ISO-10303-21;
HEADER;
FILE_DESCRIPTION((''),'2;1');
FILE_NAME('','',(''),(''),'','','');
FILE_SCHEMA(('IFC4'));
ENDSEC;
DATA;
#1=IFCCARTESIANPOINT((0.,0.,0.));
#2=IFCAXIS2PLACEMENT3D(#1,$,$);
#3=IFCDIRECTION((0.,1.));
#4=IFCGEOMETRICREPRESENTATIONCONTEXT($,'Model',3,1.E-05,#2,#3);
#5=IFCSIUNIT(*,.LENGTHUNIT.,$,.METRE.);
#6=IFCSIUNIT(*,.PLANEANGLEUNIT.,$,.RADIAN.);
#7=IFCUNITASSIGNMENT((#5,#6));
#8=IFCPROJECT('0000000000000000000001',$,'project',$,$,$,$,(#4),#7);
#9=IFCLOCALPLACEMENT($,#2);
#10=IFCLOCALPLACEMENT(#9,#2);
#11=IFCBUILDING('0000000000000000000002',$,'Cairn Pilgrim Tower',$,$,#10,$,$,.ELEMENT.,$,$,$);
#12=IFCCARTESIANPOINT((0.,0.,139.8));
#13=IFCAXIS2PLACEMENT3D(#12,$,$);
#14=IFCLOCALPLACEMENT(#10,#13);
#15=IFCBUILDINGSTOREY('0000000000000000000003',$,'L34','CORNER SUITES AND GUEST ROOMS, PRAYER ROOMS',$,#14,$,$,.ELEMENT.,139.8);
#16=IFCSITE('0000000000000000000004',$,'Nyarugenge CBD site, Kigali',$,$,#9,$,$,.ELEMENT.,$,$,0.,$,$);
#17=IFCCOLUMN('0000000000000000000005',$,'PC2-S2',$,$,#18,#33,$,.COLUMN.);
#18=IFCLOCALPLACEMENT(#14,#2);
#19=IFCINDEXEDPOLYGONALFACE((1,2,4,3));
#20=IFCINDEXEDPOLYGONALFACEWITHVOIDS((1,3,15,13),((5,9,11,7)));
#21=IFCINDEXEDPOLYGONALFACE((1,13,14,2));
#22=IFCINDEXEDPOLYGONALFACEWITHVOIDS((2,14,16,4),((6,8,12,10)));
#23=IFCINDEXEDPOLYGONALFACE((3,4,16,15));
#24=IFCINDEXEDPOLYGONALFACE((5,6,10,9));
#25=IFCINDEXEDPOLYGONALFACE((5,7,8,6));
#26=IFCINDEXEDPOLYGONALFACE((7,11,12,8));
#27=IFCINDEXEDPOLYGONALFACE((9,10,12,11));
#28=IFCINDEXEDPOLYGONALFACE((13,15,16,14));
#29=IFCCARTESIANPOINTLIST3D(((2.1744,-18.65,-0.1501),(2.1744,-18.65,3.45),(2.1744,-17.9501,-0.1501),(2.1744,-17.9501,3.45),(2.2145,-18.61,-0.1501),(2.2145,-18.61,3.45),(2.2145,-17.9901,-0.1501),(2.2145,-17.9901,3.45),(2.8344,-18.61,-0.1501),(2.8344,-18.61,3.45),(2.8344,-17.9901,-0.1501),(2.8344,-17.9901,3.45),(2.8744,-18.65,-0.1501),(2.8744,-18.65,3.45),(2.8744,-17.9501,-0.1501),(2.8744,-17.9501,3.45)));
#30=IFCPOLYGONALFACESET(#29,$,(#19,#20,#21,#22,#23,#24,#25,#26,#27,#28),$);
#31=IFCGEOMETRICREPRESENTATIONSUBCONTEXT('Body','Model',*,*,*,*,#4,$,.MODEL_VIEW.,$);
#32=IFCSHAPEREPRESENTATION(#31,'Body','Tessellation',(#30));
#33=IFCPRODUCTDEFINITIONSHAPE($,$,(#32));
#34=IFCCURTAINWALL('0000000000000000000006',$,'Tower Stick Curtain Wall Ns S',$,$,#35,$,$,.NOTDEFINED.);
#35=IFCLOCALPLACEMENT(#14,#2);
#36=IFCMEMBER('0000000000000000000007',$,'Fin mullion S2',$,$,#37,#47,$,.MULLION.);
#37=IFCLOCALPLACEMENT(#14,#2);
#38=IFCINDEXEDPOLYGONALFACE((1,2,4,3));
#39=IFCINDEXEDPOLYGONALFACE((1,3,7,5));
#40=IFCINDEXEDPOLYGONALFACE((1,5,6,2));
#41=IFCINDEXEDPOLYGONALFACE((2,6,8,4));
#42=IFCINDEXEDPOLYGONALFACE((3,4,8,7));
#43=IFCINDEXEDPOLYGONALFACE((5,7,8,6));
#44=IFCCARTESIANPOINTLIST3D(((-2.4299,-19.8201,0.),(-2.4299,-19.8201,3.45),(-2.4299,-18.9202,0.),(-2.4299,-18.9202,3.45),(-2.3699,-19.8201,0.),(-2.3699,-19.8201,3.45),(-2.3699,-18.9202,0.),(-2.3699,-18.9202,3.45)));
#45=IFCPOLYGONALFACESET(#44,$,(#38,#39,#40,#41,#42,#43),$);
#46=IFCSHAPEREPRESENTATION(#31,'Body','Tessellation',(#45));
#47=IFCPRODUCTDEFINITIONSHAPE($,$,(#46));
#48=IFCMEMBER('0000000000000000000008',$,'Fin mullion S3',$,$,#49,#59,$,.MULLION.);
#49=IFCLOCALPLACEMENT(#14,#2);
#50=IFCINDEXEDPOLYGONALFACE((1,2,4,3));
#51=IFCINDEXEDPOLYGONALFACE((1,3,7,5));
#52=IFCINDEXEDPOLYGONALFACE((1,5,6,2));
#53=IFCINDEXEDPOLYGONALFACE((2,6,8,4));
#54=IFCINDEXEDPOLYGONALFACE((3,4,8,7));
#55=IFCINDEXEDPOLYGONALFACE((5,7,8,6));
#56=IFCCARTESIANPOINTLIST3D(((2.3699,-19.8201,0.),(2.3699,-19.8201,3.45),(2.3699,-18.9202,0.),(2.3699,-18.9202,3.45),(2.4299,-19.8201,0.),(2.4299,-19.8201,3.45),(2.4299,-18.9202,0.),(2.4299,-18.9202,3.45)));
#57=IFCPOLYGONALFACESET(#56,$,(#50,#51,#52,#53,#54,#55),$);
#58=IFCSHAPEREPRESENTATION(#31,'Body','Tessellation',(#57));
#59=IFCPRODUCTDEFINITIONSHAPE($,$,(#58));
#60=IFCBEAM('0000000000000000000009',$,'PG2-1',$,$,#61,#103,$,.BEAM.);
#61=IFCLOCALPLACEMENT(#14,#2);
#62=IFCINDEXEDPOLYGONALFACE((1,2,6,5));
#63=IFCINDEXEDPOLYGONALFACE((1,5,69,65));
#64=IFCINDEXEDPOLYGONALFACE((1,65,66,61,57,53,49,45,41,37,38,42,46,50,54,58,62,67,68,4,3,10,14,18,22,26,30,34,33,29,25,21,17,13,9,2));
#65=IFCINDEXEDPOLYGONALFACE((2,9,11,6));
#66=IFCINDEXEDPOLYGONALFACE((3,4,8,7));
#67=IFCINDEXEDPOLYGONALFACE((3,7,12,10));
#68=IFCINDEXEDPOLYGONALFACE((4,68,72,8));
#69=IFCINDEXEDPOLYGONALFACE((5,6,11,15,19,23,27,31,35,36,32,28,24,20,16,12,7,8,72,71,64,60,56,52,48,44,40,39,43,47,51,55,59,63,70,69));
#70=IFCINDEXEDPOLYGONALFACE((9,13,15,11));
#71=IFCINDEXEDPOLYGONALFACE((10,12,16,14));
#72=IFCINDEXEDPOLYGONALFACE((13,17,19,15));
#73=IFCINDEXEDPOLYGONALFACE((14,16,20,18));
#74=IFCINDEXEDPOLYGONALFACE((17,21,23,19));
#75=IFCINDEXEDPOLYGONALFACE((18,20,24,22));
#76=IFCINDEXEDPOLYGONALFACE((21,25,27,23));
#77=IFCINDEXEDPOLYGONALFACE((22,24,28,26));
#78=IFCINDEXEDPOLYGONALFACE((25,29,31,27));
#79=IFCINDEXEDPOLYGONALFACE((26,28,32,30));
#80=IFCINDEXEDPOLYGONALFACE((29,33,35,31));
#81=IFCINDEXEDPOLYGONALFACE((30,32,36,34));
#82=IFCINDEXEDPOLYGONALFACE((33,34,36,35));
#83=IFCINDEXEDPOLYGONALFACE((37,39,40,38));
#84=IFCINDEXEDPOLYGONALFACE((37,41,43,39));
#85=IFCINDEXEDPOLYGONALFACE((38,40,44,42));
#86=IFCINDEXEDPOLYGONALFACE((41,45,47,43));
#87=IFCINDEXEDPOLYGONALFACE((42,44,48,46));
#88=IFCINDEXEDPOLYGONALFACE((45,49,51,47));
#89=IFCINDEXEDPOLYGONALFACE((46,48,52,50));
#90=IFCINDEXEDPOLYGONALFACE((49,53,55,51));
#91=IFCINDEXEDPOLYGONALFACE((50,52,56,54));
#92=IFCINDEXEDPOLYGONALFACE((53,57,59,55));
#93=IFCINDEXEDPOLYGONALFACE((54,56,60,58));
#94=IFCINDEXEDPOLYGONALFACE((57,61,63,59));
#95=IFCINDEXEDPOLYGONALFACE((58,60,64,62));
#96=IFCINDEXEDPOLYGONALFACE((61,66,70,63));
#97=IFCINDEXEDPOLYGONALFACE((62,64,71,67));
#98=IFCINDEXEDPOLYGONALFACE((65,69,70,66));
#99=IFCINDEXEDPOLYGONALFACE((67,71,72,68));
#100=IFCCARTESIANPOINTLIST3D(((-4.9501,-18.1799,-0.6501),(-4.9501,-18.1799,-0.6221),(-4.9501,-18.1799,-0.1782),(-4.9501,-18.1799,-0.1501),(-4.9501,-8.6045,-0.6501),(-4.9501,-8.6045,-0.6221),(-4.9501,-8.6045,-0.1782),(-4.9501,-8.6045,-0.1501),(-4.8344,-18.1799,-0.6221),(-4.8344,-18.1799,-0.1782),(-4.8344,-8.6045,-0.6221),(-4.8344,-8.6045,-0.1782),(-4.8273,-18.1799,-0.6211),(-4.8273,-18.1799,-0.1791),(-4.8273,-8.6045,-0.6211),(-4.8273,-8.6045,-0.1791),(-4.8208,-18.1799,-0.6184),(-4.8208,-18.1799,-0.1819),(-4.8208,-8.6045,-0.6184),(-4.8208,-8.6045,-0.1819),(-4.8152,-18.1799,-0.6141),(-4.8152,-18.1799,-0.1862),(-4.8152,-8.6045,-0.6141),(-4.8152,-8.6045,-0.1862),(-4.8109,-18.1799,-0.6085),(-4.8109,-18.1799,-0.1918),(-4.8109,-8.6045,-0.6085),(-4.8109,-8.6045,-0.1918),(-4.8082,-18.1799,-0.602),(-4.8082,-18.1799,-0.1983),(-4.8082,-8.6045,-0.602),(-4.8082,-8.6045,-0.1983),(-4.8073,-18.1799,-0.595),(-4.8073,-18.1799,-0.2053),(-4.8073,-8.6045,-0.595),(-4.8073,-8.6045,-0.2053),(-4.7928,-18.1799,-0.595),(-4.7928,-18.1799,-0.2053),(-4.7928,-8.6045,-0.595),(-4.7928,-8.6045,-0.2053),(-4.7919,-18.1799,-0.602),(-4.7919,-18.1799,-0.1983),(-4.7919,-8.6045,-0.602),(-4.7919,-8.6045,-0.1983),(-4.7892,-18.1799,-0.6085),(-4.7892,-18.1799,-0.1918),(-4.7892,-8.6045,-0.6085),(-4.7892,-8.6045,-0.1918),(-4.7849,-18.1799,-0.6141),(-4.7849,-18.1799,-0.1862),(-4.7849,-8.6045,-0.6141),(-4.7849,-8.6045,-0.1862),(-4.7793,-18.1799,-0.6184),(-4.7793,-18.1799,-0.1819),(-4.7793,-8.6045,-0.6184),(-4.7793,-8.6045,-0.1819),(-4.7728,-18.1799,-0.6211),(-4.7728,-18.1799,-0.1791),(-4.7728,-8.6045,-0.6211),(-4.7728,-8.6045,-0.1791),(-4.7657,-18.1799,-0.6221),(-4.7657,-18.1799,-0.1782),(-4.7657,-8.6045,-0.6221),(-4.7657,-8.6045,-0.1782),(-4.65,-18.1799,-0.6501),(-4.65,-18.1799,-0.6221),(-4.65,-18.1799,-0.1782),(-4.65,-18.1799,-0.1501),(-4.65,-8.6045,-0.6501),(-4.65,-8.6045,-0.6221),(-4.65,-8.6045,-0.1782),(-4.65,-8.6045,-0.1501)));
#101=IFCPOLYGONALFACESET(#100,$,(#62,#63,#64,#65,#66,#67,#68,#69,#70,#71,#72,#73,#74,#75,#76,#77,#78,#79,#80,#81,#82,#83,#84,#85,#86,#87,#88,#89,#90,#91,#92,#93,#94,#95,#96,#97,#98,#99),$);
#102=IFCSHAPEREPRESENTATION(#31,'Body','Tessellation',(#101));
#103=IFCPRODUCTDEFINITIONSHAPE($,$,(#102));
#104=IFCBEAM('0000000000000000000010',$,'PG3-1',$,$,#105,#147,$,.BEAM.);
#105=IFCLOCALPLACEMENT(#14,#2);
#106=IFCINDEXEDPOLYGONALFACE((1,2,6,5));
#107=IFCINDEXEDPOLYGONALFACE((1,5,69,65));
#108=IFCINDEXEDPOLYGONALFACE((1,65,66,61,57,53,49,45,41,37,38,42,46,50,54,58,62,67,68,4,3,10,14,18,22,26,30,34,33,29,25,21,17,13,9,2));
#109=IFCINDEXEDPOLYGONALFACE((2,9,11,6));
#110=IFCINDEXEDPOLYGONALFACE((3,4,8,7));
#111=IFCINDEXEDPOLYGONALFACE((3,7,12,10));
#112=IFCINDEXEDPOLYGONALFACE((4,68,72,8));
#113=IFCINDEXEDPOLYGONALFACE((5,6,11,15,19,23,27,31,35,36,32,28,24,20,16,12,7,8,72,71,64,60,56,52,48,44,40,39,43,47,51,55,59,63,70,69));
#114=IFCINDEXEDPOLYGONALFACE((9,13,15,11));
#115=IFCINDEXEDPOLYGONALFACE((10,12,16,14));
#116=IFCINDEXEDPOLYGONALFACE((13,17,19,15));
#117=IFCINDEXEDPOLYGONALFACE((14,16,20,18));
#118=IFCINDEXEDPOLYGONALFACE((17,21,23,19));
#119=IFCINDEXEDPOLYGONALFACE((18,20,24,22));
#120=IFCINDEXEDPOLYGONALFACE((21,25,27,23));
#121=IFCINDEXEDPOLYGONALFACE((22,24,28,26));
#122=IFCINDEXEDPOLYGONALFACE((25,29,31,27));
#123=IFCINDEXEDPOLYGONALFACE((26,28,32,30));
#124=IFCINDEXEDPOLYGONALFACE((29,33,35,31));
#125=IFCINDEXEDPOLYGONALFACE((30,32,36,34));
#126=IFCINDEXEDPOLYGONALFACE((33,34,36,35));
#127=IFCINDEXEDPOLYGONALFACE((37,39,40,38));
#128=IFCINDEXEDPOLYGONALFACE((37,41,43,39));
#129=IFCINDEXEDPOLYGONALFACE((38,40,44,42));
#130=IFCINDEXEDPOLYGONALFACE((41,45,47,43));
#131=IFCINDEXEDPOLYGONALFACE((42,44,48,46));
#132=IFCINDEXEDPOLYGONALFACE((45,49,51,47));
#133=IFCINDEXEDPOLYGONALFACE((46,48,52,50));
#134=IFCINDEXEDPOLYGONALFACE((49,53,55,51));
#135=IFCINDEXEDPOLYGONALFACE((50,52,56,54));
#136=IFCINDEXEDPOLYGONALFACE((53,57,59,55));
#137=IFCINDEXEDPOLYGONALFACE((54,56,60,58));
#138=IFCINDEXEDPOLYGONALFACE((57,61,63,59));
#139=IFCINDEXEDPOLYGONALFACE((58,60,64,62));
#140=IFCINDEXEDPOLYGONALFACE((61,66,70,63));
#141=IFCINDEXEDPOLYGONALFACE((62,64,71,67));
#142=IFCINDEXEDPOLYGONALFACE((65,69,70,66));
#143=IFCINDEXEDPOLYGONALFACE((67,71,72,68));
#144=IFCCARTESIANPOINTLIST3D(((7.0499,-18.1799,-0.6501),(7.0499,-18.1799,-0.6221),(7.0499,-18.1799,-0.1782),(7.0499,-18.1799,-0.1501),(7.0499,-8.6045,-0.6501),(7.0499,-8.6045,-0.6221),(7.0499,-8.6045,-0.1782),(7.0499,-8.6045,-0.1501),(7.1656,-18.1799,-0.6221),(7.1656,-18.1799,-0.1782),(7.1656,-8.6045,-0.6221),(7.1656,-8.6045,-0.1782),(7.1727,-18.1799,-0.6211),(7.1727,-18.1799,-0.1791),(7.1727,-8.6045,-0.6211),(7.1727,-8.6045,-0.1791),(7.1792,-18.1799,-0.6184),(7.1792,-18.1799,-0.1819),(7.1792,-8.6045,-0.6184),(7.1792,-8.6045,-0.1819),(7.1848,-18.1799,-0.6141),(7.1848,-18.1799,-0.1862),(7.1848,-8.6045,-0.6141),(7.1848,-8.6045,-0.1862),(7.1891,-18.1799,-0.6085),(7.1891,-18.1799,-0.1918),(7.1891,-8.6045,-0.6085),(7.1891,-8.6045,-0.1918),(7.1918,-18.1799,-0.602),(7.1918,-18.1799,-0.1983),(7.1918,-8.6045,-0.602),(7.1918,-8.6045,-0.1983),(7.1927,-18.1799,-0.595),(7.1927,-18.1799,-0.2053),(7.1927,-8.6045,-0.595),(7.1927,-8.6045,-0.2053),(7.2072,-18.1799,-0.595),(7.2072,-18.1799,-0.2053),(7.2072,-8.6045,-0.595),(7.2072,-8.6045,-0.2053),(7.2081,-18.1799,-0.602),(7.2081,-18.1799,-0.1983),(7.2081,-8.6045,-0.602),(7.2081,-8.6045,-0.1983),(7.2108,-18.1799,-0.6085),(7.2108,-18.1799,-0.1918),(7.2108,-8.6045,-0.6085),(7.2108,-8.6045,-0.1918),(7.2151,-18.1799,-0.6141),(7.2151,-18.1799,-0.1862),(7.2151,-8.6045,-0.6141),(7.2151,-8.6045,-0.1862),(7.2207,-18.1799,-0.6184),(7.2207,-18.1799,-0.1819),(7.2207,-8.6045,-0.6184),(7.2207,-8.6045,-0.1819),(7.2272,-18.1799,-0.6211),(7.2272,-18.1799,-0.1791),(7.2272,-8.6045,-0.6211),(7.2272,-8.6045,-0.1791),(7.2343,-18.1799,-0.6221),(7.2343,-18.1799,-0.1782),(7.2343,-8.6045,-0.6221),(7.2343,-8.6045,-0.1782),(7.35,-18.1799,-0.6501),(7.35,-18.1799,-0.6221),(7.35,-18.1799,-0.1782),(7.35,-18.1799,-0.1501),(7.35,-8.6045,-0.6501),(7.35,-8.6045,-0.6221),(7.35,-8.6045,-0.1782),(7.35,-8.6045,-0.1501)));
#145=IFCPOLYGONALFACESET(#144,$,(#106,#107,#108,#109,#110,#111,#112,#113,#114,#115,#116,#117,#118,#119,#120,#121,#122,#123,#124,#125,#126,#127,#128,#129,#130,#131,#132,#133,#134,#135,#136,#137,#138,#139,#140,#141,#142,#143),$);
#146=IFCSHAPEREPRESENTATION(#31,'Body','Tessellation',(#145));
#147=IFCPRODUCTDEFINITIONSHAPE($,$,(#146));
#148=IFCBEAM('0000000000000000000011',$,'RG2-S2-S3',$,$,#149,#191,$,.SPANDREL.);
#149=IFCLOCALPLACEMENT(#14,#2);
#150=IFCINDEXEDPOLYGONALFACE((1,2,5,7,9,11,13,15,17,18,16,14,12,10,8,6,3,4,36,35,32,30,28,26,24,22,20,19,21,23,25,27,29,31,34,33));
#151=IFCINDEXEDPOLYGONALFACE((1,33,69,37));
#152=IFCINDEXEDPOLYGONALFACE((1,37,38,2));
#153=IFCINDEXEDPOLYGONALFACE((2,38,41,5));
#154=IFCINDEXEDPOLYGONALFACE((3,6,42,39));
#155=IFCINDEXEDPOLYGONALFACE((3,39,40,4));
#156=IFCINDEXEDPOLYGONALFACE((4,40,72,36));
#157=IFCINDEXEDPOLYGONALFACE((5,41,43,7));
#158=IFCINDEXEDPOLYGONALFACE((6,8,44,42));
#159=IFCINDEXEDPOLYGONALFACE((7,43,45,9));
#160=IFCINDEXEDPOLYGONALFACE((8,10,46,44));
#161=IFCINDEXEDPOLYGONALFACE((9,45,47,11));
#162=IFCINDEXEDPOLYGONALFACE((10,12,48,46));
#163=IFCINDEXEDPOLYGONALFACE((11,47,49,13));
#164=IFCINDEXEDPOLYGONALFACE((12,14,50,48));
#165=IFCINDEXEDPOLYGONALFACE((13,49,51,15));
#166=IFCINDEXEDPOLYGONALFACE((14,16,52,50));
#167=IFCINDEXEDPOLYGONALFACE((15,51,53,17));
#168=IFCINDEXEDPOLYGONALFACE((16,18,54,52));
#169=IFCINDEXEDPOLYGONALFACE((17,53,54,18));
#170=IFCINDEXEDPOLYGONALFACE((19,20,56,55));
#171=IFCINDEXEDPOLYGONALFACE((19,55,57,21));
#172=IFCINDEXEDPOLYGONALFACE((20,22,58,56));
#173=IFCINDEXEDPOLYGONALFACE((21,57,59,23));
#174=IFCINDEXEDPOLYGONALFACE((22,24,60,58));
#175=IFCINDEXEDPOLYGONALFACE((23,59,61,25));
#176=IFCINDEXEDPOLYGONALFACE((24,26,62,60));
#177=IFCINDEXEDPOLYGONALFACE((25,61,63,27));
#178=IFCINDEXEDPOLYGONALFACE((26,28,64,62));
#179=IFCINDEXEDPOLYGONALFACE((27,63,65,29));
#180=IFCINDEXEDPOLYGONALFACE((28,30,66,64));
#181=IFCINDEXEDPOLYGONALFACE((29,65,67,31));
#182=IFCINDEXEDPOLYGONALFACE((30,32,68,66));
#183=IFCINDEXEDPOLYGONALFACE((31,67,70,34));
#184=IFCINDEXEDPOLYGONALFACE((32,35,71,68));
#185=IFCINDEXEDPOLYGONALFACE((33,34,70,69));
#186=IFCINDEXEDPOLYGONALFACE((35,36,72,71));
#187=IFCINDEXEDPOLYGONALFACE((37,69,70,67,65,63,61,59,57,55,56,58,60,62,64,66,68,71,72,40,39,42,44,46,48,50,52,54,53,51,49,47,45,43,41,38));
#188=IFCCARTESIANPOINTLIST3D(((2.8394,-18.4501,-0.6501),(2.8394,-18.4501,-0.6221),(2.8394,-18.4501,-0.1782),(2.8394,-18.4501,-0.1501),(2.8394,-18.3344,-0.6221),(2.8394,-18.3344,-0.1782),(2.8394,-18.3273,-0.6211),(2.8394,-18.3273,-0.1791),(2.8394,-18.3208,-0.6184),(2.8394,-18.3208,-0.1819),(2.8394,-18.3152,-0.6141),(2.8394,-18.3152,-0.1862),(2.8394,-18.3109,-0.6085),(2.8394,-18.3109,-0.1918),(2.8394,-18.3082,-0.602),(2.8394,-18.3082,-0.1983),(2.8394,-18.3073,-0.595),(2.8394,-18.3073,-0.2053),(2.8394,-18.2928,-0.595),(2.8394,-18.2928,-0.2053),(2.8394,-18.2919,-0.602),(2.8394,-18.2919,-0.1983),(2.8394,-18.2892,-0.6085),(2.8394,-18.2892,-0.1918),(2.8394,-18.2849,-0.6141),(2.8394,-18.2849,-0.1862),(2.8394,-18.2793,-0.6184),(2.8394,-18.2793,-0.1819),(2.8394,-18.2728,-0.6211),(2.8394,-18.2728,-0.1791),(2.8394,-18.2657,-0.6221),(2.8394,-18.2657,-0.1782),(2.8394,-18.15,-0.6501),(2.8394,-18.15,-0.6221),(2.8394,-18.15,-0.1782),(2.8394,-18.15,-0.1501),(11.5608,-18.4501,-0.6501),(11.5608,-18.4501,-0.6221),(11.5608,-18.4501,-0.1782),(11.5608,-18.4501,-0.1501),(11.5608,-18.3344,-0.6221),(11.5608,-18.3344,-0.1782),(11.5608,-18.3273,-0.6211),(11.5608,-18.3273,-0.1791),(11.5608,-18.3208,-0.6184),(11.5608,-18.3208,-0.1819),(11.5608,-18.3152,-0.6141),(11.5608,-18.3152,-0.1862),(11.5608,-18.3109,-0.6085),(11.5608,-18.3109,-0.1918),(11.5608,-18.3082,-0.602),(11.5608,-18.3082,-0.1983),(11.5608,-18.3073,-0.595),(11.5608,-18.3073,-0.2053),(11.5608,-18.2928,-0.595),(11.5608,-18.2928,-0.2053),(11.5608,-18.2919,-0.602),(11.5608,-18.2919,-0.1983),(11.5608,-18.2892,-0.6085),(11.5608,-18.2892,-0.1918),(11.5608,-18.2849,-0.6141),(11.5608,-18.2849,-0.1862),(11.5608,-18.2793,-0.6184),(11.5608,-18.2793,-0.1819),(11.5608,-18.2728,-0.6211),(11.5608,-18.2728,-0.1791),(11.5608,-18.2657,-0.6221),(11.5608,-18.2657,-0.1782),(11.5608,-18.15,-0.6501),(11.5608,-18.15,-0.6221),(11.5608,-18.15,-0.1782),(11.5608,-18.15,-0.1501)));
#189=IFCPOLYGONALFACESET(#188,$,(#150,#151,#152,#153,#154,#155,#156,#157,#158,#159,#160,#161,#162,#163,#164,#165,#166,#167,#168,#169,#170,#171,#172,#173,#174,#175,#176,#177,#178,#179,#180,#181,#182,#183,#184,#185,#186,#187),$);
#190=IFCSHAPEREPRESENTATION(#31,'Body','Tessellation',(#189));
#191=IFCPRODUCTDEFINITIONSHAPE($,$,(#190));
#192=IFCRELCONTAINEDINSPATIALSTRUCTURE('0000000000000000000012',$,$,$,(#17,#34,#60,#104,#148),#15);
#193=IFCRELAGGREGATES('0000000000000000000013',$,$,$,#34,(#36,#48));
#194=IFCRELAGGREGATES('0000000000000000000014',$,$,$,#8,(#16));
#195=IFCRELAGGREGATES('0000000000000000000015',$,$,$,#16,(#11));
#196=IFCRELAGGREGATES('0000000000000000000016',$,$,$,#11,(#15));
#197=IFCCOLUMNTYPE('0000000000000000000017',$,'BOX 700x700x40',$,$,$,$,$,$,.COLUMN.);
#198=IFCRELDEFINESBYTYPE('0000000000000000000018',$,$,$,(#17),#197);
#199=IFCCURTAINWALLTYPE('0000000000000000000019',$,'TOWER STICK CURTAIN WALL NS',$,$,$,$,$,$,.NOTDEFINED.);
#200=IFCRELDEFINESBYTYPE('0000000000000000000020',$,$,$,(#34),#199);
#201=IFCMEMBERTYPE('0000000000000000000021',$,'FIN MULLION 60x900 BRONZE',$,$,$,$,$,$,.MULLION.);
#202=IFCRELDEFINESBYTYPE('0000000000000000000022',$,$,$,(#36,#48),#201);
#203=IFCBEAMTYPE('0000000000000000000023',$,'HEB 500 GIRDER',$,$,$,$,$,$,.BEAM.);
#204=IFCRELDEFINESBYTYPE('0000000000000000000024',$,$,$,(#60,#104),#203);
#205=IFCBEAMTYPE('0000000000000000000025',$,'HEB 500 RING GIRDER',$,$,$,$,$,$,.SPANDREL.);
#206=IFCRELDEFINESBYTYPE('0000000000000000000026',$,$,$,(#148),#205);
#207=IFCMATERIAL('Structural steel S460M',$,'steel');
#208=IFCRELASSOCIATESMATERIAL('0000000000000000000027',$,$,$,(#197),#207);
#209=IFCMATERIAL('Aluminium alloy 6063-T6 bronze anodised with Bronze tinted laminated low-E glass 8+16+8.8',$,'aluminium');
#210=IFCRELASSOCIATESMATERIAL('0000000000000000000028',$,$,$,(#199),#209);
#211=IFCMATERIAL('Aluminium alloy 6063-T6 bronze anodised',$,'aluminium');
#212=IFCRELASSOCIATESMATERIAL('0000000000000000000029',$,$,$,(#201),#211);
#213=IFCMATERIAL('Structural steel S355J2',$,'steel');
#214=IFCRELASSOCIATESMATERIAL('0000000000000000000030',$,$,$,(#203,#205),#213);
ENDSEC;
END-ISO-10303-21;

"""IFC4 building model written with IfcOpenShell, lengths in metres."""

from ifc_helpers import new_model, si_unit, direction, frame, origin, origin_2d, place, context, subcontext, project, spatial, rectangle, hollow_rectangle, i_section, extrude, material, material_profile, profile_set, type_object, element, aggregate, save


model = new_model("IFC4")

# Units and contexts
model_context = context("Model", 3, precision=1e-05, world=origin(), true_north=direction((0.0, 1.0)))
body_context = subcontext(model_context, "Body", "Model", "MODEL_VIEW")
ifc_project = project(units=[si_unit("LENGTHUNIT", "METRE"), si_unit("PLANEANGLEUNIT", "RADIAN")], contexts=[model_context])

# Site, building, storey
site_placement = place(None, origin())
site = spatial("IfcSite", under=ifc_project, at=site_placement, Name="Nyarugenge CBD site, Kigali", CompositionType="ELEMENT", RefElevation=0.0)
building_placement = place(site_placement, origin())
building = spatial("IfcBuilding", under=site, at=building_placement, Name="Cairn Pilgrim Tower", CompositionType="ELEMENT")
storey_placement = place(building_placement, frame((0.0, 0.0, 139.8)))
storey = spatial("IfcBuildingStorey", under=building, at=storey_placement, Name="L34", Description="CORNER SUITES AND GUEST ROOMS, PRAYER ROOMS", CompositionType="ELEMENT", Elevation=139.8)

# Column
ifc_material_1 = material(Name="Structural steel S460M", Category="steel")
ifc_material_profile_1 = material_profile(ifc_material_1, hollow_rectangle(XDim=0.7, YDim=0.7, WallThickness=0.04, at=origin_2d()), Name="BOX 700x700x40")
ifc_profile_set_1 = profile_set([ifc_material_profile_1], Name="Structural steel S460M")
column_type = type_object("IfcColumnType", Name="BOX 700x700x40", PredefinedType="COLUMN", material=ifc_profile_set_1)
column_placement = place(storey_placement, frame((2.5244, -18.3, -0.1501), z_axis=(0.0, 0.0, 1.0), x_axis=(1.0, 0.0, 0.0)))
element("IfcColumn", 1, at=column_placement, inside=storey, type_object=column_type, Name="PC2-S2", PredefinedType="COLUMN", context=body_context, shape_type="SweptSolid", body=[
    extrude(hollow_rectangle(XDim=0.7, YDim=0.7, WallThickness=0.04, at=origin_2d()), origin(), (0.0, 0.0, 1.0), 3.6001),
])

# Curtain wall, members
ifc_material_2 = material(Name="Aluminium alloy 6063-T6 bronze anodised with Bronze tinted laminated low-E glass 8+16+8.8", Category="aluminium")
curtain_wall_type = type_object("IfcCurtainWallType", Name="TOWER STICK CURTAIN WALL NS", PredefinedType="NOTDEFINED", material=ifc_material_2)
curtain_wall_placement = place(storey_placement, origin())
curtain_wall = element("IfcCurtainWall", 2, at=curtain_wall_placement, inside=storey, type_object=curtain_wall_type, Name="Tower Stick Curtain Wall Ns S", PredefinedType="NOTDEFINED")
ifc_material_3 = material(Name="Aluminium alloy 6063-T6 bronze anodised", Category="aluminium")
ifc_material_profile_2 = material_profile(ifc_material_3, rectangle(XDim=0.8999, YDim=0.0601, at=origin_2d()), Name="FIN MULLION 60x900 BRONZE")
ifc_profile_set_2 = profile_set([ifc_material_profile_2], Name="Aluminium alloy 6063-T6 bronze anodised")
member_type = type_object("IfcMemberType", Name="FIN MULLION 60x900 BRONZE", PredefinedType="MULLION", material=ifc_profile_set_2)
member_1_placement = place(storey_placement, frame((-2.3999, -19.3701, 0.0), z_axis=(0.0, 0.0, 1.0), x_axis=(0.0, -1.0, 0.0)))
member_1 = element("IfcMember", 3, at=member_1_placement, type_object=member_type, Name="Fin mullion S2", PredefinedType="MULLION", context=body_context, shape_type="SweptSolid", body=[
    extrude(rectangle(XDim=0.8999, YDim=0.0601, at=origin_2d()), origin(), (0.0, 0.0, 1.0), 3.45),
])
member_2_placement = place(storey_placement, frame((2.3999, -19.3701, 0.0), z_axis=(0.0, 0.0, 1.0), x_axis=(0.0, -1.0, 0.0)))
member_2 = element("IfcMember", 4, at=member_2_placement, type_object=member_type, Name="Fin mullion S3", PredefinedType="MULLION", context=body_context, shape_type="SweptSolid", body=[
    extrude(rectangle(XDim=0.8999, YDim=0.0601, at=origin_2d()), origin(), (0.0, 0.0, 1.0), 3.45),
])
aggregate(curtain_wall, [member_1, member_2])

# Beams
ifc_material_4 = material(Name="Structural steel S355J2", Category="steel")
ifc_material_profile_3 = material_profile(ifc_material_4, i_section(OverallWidth=0.3, OverallDepth=0.5, WebThickness=0.0144, FlangeThickness=0.0281, FilletRadius=0.0271, at=origin_2d()), Name="HEB 500")
ifc_profile_set_3 = profile_set([ifc_material_profile_3], Name="Structural steel S355J2")
beam_type_1 = type_object("IfcBeamType", Name="HEB 500 GIRDER", PredefinedType="BEAM", material=ifc_profile_set_3)
for number, where, z_axis, x_axis, name in (
    (5, (-4.8, -18.1799, -0.4001), (0.0, 1.0, 0.0), (-1.0, 0.0, 0.0), "PG2-1"),
    (6, (7.2, -18.1799, -0.4001), (0.0, 1.0, 0.0), (-1.0, 0.0, 0.0), "PG3-1"),
):
    element("IfcBeam", number, at=place(storey_placement, frame(where, z_axis=z_axis, x_axis=x_axis)), inside=storey, type_object=beam_type_1, Name=name, PredefinedType="BEAM", context=body_context, shape_type="SweptSolid", body=[
        extrude(i_section(OverallWidth=0.3, OverallDepth=0.5, WebThickness=0.0144, FlangeThickness=0.0281, FilletRadius=0.0271, at=origin_2d()), origin(), (0.0, 0.0, 1.0), 9.5754),
    ])
ifc_material_profile_4 = material_profile(ifc_material_4, i_section(OverallWidth=0.3, OverallDepth=0.5, WebThickness=0.0144, FlangeThickness=0.0281, FilletRadius=0.0271, at=origin_2d()), Name="HEB 500")
ifc_profile_set_4 = profile_set([ifc_material_profile_4], Name="Structural steel S355J2")
beam_type_2 = type_object("IfcBeamType", Name="HEB 500 RING GIRDER", PredefinedType="SPANDREL", material=ifc_profile_set_4)
beam_1_placement = place(storey_placement, frame((2.8394, -18.3, -0.4001), z_axis=(1.0, 0.0, 0.0), x_axis=(0.0, 1.0, 0.0)))
element("IfcBeam", 7, at=beam_1_placement, inside=storey, type_object=beam_type_2, Name="RG2-S2-S3", PredefinedType="SPANDREL", context=body_context, shape_type="SweptSolid", body=[
    extrude(i_section(OverallWidth=0.3, OverallDepth=0.5, WebThickness=0.0144, FlangeThickness=0.0281, FilletRadius=0.0271, at=origin_2d()), origin(), (0.0, 0.0, 1.0), 8.7214),
])

save(model, "model.ifc")
